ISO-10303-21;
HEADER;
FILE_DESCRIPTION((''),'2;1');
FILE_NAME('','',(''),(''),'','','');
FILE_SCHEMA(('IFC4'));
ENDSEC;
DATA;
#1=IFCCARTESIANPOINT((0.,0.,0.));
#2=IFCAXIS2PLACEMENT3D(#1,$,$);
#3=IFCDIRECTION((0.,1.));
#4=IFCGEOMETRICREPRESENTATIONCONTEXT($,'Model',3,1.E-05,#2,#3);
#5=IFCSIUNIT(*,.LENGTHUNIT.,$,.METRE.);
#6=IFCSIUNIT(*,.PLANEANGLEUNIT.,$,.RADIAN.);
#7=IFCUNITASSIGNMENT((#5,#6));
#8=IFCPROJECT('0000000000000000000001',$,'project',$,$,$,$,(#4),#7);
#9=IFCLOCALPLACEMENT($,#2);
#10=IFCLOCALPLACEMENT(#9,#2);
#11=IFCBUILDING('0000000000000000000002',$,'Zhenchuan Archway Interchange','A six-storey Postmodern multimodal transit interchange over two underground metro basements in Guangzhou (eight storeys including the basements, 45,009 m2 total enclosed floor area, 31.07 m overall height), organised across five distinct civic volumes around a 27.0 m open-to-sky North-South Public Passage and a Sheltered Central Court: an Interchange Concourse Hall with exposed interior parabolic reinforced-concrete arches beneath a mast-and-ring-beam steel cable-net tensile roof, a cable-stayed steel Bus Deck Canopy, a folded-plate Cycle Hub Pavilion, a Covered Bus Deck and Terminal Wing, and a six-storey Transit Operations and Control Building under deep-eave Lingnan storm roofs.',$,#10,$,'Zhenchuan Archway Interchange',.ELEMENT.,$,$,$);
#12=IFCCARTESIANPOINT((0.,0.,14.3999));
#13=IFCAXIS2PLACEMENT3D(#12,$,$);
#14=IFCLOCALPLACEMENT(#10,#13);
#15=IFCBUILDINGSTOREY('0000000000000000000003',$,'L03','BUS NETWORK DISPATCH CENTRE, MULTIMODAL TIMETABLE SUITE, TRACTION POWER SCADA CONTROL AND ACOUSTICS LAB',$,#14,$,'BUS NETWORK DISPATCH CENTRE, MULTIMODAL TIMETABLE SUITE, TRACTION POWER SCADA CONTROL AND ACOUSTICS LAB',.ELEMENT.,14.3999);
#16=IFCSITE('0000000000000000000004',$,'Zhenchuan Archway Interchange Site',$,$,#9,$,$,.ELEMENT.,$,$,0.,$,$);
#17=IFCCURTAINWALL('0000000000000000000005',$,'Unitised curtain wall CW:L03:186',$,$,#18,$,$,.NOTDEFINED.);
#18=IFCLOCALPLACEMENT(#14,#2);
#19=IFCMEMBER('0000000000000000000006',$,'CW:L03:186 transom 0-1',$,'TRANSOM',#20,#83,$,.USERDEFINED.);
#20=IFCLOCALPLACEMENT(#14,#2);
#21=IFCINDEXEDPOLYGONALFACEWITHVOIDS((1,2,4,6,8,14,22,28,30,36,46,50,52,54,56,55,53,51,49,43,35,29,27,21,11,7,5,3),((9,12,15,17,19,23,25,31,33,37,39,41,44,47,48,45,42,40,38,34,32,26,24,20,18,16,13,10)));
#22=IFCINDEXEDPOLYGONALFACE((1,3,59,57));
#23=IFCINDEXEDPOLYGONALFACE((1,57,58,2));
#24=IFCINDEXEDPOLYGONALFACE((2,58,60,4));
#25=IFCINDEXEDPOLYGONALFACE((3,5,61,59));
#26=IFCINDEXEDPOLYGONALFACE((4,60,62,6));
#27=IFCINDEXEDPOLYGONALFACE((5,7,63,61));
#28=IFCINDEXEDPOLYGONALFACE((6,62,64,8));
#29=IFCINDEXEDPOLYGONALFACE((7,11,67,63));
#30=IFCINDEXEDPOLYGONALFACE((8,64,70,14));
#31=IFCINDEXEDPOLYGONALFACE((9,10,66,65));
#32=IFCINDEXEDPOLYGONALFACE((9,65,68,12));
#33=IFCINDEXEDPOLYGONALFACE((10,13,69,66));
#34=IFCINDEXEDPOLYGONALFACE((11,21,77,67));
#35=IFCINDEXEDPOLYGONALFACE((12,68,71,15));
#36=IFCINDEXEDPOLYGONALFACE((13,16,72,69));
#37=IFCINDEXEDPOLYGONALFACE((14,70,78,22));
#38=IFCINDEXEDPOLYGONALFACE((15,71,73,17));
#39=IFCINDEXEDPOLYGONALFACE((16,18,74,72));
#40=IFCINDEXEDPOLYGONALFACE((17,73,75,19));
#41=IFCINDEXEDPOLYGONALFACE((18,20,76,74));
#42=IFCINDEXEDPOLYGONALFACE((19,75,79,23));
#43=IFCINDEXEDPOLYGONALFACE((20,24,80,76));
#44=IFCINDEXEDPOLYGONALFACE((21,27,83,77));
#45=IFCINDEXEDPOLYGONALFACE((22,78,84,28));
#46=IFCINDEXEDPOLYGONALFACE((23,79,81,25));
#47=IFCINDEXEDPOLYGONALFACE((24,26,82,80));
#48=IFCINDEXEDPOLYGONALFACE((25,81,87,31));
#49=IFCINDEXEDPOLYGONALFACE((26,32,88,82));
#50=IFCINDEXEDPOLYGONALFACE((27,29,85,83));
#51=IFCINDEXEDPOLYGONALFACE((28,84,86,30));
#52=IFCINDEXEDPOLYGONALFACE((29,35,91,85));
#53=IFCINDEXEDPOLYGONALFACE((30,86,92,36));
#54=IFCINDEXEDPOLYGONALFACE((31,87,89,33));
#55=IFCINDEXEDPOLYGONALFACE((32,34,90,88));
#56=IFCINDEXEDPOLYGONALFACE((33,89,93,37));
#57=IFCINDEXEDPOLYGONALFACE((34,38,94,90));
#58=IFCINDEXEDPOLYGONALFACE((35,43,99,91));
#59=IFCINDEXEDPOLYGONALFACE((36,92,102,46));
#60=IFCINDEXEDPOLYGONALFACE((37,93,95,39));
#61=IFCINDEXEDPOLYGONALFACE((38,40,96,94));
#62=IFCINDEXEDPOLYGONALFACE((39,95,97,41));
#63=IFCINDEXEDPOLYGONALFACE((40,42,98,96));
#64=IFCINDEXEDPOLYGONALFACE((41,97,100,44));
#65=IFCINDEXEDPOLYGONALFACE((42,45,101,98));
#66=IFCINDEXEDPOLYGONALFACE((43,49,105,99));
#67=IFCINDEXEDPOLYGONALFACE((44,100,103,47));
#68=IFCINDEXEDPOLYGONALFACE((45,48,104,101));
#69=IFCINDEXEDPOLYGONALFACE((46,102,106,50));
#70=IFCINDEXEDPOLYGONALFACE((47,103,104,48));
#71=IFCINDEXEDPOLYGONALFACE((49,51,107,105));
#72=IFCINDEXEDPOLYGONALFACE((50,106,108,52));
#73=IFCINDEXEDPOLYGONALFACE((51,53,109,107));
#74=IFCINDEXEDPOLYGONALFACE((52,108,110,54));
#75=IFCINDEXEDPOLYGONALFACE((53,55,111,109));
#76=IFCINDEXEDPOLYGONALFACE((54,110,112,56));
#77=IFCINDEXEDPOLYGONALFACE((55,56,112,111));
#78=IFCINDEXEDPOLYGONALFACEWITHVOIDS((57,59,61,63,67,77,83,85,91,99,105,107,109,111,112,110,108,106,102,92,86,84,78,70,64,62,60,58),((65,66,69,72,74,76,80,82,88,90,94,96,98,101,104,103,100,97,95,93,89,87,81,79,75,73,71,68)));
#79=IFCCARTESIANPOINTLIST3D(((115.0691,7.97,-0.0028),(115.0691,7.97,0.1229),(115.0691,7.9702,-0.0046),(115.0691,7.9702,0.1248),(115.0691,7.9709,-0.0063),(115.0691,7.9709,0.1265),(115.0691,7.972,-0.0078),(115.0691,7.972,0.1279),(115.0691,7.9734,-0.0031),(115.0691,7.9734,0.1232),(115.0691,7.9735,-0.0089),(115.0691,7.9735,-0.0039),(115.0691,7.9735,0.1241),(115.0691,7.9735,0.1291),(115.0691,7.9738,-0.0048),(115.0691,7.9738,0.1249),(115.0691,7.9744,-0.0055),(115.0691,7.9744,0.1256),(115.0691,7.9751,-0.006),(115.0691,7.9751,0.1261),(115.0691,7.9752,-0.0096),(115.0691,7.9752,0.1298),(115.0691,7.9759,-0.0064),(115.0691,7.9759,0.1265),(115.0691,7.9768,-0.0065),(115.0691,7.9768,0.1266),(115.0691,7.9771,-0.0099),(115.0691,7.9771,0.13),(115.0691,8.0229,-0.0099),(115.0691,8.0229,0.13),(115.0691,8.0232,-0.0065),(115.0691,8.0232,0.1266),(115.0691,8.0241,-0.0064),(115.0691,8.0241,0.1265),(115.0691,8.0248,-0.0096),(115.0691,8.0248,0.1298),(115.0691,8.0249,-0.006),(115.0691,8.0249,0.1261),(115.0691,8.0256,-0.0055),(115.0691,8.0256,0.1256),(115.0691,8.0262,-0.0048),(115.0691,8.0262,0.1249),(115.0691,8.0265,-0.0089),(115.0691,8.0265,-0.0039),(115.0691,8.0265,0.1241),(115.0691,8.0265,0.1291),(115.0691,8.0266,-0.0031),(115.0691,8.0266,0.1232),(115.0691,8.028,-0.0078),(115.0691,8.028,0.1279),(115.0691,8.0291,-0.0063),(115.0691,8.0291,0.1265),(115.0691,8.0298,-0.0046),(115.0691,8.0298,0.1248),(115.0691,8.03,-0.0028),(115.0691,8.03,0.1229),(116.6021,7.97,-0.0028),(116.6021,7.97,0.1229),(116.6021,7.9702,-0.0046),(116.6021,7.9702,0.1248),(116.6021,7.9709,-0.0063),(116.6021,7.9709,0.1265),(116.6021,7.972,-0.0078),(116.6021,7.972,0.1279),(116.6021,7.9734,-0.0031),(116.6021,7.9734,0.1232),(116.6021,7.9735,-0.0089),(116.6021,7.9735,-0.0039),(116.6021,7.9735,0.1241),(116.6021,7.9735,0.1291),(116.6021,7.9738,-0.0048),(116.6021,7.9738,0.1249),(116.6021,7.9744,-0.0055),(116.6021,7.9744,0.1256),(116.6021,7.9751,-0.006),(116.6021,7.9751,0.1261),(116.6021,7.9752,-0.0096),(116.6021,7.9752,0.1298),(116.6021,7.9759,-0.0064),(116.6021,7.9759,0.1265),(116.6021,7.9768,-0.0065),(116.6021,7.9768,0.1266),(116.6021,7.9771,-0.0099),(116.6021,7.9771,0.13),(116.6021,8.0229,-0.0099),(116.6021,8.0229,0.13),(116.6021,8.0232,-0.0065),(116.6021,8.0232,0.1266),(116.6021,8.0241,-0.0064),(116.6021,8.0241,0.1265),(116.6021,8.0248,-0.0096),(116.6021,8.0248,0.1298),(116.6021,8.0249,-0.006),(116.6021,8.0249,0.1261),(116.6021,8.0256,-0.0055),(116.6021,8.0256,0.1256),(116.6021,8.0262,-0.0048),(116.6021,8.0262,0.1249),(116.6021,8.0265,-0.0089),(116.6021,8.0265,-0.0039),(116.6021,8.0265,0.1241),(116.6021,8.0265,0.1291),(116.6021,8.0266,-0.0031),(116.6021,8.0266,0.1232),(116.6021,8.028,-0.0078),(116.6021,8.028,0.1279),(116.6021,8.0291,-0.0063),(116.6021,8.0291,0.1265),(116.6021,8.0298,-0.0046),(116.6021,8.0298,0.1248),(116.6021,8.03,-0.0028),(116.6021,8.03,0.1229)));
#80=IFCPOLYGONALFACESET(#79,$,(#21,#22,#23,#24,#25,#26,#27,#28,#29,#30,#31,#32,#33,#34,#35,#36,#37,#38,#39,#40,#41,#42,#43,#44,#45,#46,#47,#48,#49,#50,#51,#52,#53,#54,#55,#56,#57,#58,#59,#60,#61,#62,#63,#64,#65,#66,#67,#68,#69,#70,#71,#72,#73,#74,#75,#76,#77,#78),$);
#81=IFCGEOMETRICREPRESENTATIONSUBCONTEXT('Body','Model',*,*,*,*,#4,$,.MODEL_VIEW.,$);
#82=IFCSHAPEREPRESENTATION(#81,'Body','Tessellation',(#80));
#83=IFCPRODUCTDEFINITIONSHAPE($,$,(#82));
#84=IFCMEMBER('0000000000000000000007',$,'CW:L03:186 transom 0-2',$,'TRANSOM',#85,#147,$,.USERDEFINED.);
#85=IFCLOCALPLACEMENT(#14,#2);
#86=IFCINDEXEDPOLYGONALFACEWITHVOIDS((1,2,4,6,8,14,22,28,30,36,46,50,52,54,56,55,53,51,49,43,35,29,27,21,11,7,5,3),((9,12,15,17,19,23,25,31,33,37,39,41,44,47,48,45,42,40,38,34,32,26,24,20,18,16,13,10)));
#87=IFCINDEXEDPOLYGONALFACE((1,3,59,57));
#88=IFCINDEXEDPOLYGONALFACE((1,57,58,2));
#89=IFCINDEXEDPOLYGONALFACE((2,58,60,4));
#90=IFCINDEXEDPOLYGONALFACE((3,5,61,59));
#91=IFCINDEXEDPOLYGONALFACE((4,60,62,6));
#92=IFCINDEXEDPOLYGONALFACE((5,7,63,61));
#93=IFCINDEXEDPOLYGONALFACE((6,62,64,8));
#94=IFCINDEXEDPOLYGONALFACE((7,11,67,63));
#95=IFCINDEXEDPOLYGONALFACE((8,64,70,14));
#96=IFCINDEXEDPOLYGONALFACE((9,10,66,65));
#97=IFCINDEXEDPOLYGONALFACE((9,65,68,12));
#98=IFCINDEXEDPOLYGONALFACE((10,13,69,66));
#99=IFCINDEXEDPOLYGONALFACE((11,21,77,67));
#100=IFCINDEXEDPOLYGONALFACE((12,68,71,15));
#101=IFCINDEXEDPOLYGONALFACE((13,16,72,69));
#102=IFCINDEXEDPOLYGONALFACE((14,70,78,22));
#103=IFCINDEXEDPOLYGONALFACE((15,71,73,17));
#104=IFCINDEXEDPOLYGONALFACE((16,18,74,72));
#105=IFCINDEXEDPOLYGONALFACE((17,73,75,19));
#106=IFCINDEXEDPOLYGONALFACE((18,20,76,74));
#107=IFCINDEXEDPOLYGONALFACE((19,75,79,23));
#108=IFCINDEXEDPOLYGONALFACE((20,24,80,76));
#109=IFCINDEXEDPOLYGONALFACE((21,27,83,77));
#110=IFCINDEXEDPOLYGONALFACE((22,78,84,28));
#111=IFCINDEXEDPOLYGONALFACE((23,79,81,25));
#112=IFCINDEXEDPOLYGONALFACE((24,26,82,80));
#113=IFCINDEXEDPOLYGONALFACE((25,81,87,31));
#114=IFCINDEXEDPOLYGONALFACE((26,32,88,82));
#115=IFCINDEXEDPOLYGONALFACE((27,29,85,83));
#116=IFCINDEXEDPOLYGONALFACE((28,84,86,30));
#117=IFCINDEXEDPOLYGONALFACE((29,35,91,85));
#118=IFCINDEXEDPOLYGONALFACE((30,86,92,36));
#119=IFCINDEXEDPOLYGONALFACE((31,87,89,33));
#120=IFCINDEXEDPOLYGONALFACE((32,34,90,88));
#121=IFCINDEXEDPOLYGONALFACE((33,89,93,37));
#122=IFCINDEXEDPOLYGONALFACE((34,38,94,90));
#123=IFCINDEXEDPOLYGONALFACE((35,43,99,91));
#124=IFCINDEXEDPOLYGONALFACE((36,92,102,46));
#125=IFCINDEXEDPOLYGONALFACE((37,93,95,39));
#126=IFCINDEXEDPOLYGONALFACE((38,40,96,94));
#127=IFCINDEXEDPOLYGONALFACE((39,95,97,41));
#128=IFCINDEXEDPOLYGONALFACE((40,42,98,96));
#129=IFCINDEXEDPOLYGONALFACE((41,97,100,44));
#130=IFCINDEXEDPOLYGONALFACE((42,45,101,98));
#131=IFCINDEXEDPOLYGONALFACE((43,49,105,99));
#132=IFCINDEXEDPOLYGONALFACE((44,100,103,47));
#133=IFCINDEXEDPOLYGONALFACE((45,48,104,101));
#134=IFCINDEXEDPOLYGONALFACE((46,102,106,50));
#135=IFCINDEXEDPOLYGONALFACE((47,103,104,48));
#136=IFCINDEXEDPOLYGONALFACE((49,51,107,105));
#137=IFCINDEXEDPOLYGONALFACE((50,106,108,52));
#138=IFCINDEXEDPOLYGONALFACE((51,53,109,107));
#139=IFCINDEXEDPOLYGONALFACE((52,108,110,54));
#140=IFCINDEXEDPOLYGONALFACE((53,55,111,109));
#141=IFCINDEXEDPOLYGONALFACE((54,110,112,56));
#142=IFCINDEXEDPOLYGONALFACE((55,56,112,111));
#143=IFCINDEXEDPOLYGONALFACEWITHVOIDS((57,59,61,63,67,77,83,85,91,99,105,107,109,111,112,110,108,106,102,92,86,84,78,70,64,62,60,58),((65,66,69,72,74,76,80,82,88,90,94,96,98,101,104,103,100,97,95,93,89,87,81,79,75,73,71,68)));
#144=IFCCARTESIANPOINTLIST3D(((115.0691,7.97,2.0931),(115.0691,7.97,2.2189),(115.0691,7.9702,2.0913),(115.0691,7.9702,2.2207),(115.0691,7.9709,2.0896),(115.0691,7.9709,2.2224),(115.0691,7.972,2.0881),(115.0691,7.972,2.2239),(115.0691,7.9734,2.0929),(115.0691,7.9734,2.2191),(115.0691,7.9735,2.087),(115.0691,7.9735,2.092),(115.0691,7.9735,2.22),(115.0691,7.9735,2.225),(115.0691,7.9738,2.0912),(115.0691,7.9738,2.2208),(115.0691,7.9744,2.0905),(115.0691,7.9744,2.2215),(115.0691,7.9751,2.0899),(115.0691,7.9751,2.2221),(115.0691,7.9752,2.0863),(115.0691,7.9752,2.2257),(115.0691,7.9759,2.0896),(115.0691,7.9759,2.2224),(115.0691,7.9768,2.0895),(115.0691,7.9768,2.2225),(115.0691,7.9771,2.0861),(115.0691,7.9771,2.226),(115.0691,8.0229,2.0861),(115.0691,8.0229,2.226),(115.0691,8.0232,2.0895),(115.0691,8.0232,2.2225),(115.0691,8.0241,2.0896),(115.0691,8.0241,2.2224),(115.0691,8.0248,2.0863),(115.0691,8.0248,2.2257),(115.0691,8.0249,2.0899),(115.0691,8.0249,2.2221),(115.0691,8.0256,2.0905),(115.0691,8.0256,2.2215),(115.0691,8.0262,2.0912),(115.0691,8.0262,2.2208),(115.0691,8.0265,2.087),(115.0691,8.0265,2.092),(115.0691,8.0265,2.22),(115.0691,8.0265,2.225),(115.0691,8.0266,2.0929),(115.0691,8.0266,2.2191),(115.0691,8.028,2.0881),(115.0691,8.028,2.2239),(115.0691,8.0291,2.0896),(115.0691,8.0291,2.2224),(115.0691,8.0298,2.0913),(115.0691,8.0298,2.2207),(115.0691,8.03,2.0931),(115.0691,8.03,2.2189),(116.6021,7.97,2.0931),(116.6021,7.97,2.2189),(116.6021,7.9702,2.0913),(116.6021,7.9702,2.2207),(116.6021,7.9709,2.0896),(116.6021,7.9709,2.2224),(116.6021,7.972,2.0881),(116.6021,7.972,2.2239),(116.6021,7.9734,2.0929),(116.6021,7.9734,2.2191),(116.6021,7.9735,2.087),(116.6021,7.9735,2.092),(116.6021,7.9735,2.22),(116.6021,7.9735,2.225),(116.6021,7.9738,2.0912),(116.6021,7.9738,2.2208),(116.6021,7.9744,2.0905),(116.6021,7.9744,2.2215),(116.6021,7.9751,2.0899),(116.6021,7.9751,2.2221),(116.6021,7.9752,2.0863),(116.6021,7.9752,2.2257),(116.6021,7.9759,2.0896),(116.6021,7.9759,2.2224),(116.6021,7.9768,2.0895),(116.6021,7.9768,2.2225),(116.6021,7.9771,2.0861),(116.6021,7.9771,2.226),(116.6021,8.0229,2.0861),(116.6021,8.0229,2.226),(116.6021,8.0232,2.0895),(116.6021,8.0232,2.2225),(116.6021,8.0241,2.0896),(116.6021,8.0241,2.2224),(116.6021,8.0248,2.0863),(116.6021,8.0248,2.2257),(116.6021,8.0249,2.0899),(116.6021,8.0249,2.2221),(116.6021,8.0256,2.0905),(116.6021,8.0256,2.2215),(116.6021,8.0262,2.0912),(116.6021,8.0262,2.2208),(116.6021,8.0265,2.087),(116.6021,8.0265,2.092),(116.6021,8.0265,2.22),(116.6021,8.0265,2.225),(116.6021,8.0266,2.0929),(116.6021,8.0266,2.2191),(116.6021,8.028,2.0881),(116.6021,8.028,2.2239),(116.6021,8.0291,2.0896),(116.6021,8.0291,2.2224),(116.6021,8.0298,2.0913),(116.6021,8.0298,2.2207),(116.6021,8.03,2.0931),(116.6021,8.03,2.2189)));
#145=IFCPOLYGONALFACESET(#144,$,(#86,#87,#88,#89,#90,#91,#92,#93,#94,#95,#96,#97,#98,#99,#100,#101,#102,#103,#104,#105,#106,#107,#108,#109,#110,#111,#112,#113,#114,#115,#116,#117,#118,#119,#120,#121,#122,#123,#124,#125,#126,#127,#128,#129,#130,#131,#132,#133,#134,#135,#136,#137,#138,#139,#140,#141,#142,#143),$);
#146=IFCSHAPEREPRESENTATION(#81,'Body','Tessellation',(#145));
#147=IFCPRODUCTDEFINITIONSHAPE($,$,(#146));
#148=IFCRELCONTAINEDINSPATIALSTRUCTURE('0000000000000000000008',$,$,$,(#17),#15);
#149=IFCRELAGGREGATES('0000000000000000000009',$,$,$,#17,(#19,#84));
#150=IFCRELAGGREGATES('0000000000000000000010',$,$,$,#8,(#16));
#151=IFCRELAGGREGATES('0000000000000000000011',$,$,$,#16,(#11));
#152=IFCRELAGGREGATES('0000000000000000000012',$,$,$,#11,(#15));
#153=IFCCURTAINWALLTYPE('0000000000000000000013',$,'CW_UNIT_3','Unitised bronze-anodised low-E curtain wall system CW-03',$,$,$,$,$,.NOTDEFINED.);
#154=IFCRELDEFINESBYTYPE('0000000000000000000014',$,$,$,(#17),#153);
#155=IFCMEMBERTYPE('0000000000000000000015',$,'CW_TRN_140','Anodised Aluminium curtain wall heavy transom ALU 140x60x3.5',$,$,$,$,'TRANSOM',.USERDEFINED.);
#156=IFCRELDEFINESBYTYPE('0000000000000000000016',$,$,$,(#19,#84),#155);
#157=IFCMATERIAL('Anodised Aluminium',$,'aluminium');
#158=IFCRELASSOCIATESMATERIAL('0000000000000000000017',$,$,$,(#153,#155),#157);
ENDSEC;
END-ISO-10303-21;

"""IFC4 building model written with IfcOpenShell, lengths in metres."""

from ifc_helpers import new_model, si_unit, direction, frame, origin, origin_2d, place, context, subcontext, project, spatial, hollow_rectangle, extrude, material, material_profile, profile_set, type_object, element, aggregate, save


model = new_model("IFC4")

# Units and contexts
model_context = context("Model", 3, precision=1e-05, world=origin(), true_north=direction((0.0, 1.0)))
body_context = subcontext(model_context, "Body", "Model", "MODEL_VIEW")
ifc_project = project(units=[si_unit("LENGTHUNIT", "METRE"), si_unit("PLANEANGLEUNIT", "RADIAN")], contexts=[model_context])

# Site, building, storey
site_placement = place(None, origin())
site = spatial("IfcSite", under=ifc_project, at=site_placement, Name="Zhenchuan Archway Interchange Site", CompositionType="ELEMENT", RefElevation=0.0)
building_placement = place(site_placement, origin())
building = spatial("IfcBuilding", under=site, at=building_placement, Name="Zhenchuan Archway Interchange", Description="A six-storey Postmodern multimodal transit interchange over two underground metro basements in Guangzhou (eight storeys including the basements, 45,009 m2 total enclosed floor area, 31.07 m overall height), organised across five distinct civic volumes around a 27.0 m open-to-sky North-South Public Passage and a Sheltered Central Court: an Interchange Concourse Hall with exposed interior parabolic reinforced-concrete arches beneath a mast-and-ring-beam steel cable-net tensile roof, a cable-stayed steel Bus Deck Canopy, a folded-plate Cycle Hub Pavilion, a Covered Bus Deck and Terminal Wing, and a six-storey Transit Operations and Control Building under deep-eave Lingnan storm roofs.", LongName="Zhenchuan Archway Interchange", CompositionType="ELEMENT")
storey_placement = place(building_placement, frame((0.0, 0.0, 14.3999)))
storey = spatial("IfcBuildingStorey", under=building, at=storey_placement, Name="L03", Description="BUS NETWORK DISPATCH CENTRE, MULTIMODAL TIMETABLE SUITE, TRACTION POWER SCADA CONTROL AND ACOUSTICS LAB", LongName="BUS NETWORK DISPATCH CENTRE, MULTIMODAL TIMETABLE SUITE, TRACTION POWER SCADA CONTROL AND ACOUSTICS LAB", CompositionType="ELEMENT", Elevation=14.3999)

# Curtain wall, members
ifc_material_1 = material(Name="Anodised Aluminium", Category="aluminium")
curtain_wall_type = type_object("IfcCurtainWallType", Name="CW_UNIT_3", Description="Unitised bronze-anodised low-E curtain wall system CW-03", PredefinedType="NOTDEFINED", material=ifc_material_1)
curtain_wall_placement = place(storey_placement, origin())
curtain_wall = element("IfcCurtainWall", 1, at=curtain_wall_placement, inside=storey, type_object=curtain_wall_type, Name="Unitised curtain wall CW:L03:186", PredefinedType="NOTDEFINED")
ifc_material_profile_1 = material_profile(ifc_material_1, hollow_rectangle(XDim=0.0601, YDim=0.1399, WallThickness=0.0034, InnerFilletRadius=0.0034, OuterFilletRadius=0.0071, at=origin_2d()), Name="ALU 140x60x3.5")
ifc_profile_set_1 = profile_set([ifc_material_profile_1], Name="Anodised Aluminium")
member_type_1 = type_object("IfcMemberType", Name="CW_TRN_140", Description="Anodised Aluminium curtain wall heavy transom ALU 140x60x3.5", ElementType="TRANSOM", PredefinedType="USERDEFINED", material=ifc_profile_set_1)
member_1_placement = place(storey_placement, frame((116.6021, 8.0, 0.0601), z_axis=(-1.0, 0.0, 0.0), x_axis=(0.0, -1.0, 0.0)))
member_1 = element("IfcMember", 2, at=member_1_placement, type_object=member_type_1, Name="CW:L03:186 transom 0-1", ObjectType="TRANSOM", PredefinedType="USERDEFINED", context=body_context, shape_type="SweptSolid", body=[
    extrude(hollow_rectangle(XDim=0.0601, YDim=0.1399, WallThickness=0.0034, InnerFilletRadius=0.0034, OuterFilletRadius=0.0071, at=origin_2d()), origin(), (0.0, 0.0, 1.0), 1.533),
])
member_2_placement = place(storey_placement, frame((116.6021, 8.0, 2.156), z_axis=(-1.0, 0.0, 0.0), x_axis=(0.0, -1.0, 0.0)))
member_2 = element("IfcMember", 3, at=member_2_placement, type_object=member_type_1, Name="CW:L03:186 transom 0-2", ObjectType="TRANSOM", PredefinedType="USERDEFINED", context=body_context, shape_type="SweptSolid", body=[
    extrude(hollow_rectangle(XDim=0.0601, YDim=0.1399, WallThickness=0.0034, InnerFilletRadius=0.0034, OuterFilletRadius=0.0071, at=origin_2d()), origin(), (0.0, 0.0, 1.0), 1.533),
])

aggregate(curtain_wall, [member_1, member_2])

save(model, "model.ifc")
